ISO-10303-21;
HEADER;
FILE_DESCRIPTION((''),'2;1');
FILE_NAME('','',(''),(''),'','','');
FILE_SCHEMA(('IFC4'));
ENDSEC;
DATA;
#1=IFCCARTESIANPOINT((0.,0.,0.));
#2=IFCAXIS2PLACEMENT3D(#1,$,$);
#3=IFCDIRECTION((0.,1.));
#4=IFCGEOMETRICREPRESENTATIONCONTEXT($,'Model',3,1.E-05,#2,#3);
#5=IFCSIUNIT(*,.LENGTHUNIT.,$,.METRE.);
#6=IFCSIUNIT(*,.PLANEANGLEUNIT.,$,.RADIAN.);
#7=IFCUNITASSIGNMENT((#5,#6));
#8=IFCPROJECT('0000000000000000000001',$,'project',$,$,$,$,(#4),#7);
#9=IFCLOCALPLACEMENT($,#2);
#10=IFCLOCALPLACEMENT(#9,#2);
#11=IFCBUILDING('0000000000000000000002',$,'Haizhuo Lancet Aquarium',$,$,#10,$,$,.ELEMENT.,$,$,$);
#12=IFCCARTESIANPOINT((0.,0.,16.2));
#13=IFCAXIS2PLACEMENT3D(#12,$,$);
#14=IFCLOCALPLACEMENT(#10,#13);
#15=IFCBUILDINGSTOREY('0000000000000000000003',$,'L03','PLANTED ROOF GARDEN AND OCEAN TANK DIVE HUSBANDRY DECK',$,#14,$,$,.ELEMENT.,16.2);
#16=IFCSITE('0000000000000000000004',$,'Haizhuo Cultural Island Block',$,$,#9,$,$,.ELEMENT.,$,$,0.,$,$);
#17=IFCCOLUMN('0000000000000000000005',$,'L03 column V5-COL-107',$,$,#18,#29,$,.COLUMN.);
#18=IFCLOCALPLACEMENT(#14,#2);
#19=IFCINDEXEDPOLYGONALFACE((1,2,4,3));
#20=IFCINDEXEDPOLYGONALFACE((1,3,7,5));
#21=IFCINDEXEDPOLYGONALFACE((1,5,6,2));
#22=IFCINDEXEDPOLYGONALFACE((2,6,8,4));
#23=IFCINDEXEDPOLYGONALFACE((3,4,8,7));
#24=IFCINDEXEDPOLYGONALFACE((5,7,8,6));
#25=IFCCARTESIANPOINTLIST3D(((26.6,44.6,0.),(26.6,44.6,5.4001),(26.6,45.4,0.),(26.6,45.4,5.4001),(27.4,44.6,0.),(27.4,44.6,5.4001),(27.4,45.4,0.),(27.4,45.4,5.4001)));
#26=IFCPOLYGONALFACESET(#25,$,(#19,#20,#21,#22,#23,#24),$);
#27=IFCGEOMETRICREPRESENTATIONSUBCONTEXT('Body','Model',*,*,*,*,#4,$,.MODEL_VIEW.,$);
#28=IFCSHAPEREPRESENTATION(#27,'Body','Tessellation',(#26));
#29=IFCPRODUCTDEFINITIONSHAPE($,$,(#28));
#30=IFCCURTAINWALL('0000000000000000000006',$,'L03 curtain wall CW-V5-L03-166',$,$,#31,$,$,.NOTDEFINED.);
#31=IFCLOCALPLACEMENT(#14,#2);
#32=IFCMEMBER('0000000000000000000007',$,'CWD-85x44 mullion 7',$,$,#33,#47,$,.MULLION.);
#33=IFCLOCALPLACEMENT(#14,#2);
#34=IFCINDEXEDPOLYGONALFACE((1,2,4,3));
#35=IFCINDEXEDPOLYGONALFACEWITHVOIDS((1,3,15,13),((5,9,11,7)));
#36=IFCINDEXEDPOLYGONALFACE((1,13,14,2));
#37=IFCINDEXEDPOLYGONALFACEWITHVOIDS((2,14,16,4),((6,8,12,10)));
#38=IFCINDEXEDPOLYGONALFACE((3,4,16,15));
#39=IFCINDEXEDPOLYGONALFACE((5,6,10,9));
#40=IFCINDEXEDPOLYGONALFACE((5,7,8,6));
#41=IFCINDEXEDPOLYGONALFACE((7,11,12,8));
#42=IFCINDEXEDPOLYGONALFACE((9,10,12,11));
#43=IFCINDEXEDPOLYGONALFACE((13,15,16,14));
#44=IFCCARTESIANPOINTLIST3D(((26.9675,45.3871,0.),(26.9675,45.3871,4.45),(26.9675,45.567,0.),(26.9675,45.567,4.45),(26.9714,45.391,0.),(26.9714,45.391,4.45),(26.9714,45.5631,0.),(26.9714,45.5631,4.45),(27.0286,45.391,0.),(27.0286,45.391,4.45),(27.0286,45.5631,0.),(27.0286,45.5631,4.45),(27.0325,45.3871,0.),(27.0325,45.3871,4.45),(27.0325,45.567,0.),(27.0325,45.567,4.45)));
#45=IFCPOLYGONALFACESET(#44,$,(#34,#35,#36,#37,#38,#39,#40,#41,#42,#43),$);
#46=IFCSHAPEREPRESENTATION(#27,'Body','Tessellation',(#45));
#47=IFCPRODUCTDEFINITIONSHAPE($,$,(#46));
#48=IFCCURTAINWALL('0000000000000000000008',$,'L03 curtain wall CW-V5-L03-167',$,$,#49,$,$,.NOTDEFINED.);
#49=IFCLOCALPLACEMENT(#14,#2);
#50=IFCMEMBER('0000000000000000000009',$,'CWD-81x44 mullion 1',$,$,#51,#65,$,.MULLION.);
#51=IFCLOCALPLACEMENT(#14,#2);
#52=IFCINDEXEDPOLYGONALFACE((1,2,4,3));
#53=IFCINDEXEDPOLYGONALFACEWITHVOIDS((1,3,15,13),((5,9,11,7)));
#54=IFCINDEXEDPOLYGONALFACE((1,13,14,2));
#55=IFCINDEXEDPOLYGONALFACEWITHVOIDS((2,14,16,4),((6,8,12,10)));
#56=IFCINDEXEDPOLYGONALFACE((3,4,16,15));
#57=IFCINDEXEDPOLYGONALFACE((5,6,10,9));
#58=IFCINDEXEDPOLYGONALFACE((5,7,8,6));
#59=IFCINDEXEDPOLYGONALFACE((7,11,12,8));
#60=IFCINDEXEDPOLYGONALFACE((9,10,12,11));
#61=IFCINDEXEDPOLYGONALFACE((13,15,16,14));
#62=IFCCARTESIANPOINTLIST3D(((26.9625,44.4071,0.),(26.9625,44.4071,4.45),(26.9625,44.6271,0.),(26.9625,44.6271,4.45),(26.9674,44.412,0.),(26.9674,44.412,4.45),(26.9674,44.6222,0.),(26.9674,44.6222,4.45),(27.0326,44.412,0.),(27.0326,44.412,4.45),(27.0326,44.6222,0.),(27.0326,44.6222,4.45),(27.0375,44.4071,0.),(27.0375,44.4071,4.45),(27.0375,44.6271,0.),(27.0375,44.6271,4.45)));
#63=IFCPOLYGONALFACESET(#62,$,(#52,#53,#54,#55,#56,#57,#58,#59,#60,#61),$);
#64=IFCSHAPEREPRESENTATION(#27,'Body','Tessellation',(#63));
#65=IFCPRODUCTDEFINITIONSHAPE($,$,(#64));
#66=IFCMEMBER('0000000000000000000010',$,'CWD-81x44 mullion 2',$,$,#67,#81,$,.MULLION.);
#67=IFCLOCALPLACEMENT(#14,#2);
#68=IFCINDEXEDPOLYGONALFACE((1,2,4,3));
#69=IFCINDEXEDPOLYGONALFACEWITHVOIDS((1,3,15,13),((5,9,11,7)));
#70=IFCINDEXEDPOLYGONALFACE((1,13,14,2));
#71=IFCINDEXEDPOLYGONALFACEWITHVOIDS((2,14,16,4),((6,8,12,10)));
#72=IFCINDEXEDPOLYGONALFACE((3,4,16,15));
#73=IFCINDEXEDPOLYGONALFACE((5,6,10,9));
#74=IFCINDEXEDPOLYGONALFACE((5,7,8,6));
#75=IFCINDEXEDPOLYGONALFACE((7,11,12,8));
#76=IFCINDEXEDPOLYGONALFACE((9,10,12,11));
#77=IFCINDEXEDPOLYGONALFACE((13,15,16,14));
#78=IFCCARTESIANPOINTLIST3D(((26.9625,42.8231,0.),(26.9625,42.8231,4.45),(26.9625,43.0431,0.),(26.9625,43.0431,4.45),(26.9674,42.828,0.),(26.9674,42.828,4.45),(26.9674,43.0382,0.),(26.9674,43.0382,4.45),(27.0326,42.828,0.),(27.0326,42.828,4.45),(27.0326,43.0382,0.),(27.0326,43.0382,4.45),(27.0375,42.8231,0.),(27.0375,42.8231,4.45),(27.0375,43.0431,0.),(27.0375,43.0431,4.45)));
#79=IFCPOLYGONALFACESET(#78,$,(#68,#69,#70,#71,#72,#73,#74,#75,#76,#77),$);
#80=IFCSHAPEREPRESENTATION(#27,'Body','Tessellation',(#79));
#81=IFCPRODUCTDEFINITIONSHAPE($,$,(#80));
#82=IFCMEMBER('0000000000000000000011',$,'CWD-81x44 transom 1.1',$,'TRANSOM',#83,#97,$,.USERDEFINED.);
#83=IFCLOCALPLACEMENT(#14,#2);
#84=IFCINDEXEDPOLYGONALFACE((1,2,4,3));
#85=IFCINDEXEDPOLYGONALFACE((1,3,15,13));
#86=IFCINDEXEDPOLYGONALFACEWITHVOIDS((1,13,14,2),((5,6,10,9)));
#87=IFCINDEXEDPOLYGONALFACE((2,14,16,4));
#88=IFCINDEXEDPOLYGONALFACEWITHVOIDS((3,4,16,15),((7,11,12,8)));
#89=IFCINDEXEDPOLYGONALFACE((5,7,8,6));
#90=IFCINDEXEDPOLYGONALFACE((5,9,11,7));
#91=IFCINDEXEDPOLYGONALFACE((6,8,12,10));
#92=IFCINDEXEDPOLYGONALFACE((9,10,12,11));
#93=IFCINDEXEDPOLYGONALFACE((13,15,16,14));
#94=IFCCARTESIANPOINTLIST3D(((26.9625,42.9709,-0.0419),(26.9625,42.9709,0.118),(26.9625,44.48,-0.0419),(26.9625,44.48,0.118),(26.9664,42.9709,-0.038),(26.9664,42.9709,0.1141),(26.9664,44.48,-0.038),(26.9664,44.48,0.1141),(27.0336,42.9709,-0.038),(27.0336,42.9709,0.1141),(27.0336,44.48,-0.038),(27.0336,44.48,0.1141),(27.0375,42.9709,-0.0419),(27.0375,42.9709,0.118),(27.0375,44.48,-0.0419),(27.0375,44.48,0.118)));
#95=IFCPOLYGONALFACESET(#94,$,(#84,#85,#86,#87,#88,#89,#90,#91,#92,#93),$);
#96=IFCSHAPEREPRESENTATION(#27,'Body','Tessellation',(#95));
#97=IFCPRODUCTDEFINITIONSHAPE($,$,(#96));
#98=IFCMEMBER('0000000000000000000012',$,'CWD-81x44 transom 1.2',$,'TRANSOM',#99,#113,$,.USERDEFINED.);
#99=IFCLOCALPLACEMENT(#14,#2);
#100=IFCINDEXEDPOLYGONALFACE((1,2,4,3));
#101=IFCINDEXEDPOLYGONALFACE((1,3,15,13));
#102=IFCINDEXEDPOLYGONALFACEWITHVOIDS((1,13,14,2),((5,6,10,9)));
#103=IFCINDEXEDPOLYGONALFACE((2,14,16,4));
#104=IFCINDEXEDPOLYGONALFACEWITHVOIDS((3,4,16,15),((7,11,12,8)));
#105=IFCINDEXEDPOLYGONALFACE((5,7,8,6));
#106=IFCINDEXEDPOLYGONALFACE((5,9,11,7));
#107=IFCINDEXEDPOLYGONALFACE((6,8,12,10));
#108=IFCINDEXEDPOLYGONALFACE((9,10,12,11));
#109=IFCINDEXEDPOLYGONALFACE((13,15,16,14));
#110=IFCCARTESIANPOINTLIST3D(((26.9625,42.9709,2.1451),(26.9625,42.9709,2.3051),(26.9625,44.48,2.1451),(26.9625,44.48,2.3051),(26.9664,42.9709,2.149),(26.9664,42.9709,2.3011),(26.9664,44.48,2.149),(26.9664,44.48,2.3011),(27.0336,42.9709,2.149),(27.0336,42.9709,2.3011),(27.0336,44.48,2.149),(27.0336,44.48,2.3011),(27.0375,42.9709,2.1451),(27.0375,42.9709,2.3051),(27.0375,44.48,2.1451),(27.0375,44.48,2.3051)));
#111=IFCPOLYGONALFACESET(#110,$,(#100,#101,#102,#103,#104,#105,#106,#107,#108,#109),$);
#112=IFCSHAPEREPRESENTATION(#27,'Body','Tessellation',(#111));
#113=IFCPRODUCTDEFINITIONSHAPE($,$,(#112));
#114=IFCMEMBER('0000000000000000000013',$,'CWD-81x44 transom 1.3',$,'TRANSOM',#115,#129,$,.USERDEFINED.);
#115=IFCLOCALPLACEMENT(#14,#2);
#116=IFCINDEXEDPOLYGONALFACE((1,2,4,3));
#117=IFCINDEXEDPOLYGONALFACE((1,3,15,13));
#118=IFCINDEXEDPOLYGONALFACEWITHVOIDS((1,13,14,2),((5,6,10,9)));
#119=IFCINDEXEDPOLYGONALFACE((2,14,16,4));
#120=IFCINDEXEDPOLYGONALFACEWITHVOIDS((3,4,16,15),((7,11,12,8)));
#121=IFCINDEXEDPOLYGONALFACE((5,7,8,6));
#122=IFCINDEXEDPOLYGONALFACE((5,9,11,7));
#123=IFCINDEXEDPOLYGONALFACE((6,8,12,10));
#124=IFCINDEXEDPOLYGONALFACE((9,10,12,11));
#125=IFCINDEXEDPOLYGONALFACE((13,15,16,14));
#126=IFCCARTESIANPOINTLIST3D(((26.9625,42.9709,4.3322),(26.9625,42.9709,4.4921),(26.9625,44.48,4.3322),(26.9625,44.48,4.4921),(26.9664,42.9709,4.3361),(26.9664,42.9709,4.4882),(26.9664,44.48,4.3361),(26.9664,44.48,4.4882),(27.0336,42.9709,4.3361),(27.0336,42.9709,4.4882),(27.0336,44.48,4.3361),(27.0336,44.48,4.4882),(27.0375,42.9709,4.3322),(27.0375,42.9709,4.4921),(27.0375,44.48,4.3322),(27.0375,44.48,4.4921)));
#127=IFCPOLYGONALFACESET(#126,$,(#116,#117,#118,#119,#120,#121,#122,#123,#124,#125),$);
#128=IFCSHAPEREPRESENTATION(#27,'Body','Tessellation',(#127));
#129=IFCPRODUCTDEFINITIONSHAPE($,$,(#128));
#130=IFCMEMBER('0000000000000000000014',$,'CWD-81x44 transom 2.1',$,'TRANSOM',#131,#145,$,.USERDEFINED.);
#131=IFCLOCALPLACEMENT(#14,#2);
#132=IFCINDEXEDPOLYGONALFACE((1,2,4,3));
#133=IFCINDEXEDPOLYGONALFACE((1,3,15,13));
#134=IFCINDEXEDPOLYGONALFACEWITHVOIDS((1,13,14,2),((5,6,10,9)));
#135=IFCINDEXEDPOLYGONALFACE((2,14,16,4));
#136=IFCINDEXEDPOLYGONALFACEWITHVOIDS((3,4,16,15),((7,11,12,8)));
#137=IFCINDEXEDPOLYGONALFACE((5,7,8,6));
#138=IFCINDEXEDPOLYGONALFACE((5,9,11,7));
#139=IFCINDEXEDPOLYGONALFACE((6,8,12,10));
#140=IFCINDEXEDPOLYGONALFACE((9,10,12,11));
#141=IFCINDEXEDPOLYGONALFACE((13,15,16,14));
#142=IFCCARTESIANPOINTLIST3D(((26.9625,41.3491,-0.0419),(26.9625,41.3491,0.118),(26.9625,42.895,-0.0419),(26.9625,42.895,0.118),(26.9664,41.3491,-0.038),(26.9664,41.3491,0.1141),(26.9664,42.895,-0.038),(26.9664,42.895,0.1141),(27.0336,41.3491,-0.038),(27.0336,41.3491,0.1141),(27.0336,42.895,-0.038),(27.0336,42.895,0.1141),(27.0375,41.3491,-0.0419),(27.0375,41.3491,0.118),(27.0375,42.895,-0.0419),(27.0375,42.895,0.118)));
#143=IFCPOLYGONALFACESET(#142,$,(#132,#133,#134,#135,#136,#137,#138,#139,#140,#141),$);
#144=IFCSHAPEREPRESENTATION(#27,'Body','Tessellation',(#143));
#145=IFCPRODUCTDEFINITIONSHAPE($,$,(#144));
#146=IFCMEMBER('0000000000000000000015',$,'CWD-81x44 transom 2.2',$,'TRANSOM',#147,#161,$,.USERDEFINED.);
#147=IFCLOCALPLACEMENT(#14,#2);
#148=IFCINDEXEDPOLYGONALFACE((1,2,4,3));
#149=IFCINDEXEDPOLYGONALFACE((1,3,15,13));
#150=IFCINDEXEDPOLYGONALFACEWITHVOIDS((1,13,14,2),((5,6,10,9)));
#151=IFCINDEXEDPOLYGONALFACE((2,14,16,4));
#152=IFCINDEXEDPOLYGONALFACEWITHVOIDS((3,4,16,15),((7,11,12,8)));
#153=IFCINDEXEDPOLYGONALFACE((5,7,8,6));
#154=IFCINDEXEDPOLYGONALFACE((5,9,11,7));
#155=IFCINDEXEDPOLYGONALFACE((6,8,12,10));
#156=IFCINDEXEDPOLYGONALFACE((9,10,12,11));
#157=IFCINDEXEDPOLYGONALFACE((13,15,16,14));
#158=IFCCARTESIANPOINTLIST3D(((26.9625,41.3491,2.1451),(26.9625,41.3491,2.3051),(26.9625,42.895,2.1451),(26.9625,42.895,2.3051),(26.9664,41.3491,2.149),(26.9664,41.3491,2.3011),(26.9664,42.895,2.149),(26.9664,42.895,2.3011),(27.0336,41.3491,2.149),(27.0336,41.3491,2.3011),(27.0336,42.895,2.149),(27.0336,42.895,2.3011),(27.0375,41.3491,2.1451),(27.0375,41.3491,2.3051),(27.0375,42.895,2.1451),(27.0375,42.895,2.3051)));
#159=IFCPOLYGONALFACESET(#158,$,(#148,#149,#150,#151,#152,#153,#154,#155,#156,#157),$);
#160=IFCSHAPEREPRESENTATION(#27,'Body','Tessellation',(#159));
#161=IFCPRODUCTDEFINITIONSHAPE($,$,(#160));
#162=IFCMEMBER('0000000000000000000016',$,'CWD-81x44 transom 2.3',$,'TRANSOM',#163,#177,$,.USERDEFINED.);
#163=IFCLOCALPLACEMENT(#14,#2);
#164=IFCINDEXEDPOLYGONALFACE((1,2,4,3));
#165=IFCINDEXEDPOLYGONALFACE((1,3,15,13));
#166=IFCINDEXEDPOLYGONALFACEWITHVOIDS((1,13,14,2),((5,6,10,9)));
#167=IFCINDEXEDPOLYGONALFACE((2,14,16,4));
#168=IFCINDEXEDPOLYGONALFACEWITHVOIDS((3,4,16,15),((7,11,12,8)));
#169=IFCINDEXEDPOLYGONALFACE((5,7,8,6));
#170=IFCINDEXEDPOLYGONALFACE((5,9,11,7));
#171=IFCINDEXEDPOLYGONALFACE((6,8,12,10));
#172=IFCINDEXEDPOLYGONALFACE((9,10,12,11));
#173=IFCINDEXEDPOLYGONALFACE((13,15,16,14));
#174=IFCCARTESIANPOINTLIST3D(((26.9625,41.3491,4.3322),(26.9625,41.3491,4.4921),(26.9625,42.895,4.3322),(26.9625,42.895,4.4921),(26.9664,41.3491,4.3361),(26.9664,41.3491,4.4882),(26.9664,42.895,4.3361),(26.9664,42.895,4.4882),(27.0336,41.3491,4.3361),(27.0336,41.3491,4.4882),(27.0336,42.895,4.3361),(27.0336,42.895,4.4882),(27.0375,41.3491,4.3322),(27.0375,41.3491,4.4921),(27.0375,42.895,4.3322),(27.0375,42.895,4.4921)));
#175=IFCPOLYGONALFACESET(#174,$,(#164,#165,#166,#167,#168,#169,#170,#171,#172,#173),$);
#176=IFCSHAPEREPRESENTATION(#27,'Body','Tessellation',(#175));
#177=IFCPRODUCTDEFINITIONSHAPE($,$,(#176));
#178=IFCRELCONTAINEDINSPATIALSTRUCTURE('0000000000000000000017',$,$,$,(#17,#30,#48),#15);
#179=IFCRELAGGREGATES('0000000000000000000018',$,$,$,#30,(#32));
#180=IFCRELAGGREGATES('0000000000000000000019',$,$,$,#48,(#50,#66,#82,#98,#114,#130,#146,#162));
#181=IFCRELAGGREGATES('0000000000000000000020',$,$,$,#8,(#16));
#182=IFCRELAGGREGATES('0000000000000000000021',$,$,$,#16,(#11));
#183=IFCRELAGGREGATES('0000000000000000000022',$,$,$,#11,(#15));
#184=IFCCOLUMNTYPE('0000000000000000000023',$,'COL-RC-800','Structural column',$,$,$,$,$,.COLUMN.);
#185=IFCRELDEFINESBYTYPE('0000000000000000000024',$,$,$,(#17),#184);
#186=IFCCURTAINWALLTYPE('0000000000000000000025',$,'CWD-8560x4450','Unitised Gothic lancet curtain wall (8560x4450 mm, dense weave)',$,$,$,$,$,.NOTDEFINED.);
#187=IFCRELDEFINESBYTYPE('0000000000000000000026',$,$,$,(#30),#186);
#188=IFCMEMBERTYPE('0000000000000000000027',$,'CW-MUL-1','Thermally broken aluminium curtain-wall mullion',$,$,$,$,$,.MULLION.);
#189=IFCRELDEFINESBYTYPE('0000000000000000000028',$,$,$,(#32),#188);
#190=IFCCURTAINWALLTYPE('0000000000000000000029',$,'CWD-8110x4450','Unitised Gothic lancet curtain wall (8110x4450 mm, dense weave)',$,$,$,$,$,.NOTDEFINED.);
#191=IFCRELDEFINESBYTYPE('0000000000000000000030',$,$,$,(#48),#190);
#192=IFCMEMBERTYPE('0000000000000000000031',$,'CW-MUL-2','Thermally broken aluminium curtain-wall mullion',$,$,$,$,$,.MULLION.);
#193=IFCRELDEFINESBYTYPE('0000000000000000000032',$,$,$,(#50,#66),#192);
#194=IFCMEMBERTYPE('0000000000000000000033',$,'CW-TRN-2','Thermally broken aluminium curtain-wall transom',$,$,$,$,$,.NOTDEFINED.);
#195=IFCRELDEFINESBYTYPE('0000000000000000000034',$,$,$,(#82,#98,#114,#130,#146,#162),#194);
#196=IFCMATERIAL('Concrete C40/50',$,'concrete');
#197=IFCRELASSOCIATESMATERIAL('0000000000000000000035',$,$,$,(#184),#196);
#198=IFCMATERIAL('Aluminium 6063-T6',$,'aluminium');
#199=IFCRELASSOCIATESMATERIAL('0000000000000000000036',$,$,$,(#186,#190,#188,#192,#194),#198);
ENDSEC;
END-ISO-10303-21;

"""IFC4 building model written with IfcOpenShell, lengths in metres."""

from ifc_helpers import new_model, si_unit, direction, frame, origin, origin_2d, place, context, subcontext, project, spatial, rectangle, hollow_rectangle, extrude, material, material_profile, profile_set, type_object, element, aggregate, save


model = new_model("IFC4")

# Units and contexts
model_context = context("Model", 3, precision=1e-05, world=origin(), true_north=direction((0.0, 1.0)))
body_context = subcontext(model_context, "Body", "Model", "MODEL_VIEW")
ifc_project = project(units=[si_unit("LENGTHUNIT", "METRE"), si_unit("PLANEANGLEUNIT", "RADIAN")], contexts=[model_context])

# Site, building, storey
site_placement = place(None, origin())
site = spatial("IfcSite", under=ifc_project, at=site_placement, Name="Haizhuo Cultural Island Block", CompositionType="ELEMENT", RefElevation=0.0)
building_placement = place(site_placement, origin())
building = spatial("IfcBuilding", under=site, at=building_placement, Name="Haizhuo Lancet Aquarium", CompositionType="ELEMENT")
storey_placement = place(building_placement, frame((0.0, 0.0, 16.2)))
storey = spatial("IfcBuildingStorey", under=building, at=storey_placement, Name="L03", Description="PLANTED ROOF GARDEN AND OCEAN TANK DIVE HUSBANDRY DECK", CompositionType="ELEMENT", Elevation=16.2)

# Column
ifc_material_1 = material(Name="Concrete C40/50", Category="concrete")
ifc_material_profile_1 = material_profile(ifc_material_1, rectangle(XDim=0.8, YDim=0.8, at=origin_2d()), Name="RC-COL 800x800")
ifc_profile_set_1 = profile_set([ifc_material_profile_1], Name="Concrete C40/50")
column_type = type_object("IfcColumnType", Name="COL-RC-800", Description="Structural column", PredefinedType="COLUMN", material=ifc_profile_set_1)
column_placement = place(storey_placement, frame((27.0, 45.0, 0.0), z_axis=(0.0, 0.0, 1.0), x_axis=(1.0, 0.0, 0.0)))
element("IfcColumn", 1, at=column_placement, inside=storey, type_object=column_type, Name="L03 column V5-COL-107", PredefinedType="COLUMN", context=body_context, shape_type="SweptSolid", body=[
    extrude(rectangle(XDim=0.8, YDim=0.8, at=origin_2d()), origin(), (0.0, 0.0, 1.0), 5.4001),
])

# Curtain wall, member
ifc_material_2 = material(Name="Aluminium 6063-T6", Category="aluminium")
curtain_wall_type_1 = type_object("IfcCurtainWallType", Name="CWD-8560x4450", Description="Unitised Gothic lancet curtain wall (8560x4450 mm, dense weave)", PredefinedType="NOTDEFINED", material=ifc_material_2)
curtain_wall_1_placement = place(storey_placement, origin())
curtain_wall_1 = element("IfcCurtainWall", 2, at=curtain_wall_1_placement, inside=storey, type_object=curtain_wall_type_1, Name="L03 curtain wall CW-V5-L03-166", PredefinedType="NOTDEFINED")
ifc_material_profile_2 = material_profile(ifc_material_2, hollow_rectangle(XDim=0.0649, YDim=0.1799, WallThickness=0.0039, at=origin_2d()), Name="ALU-M 65x180x4")
ifc_profile_set_2 = profile_set([ifc_material_profile_2], Name="Aluminium 6063-T6")
member_type_1 = type_object("IfcMemberType", Name="CW-MUL-1", Description="Thermally broken aluminium curtain-wall mullion", PredefinedType="MULLION", material=ifc_profile_set_2)
member_1_placement = place(storey_placement, frame((27.0, 45.4771, 0.0), z_axis=(0.0, 0.0, 1.0), x_axis=(1.0, 0.0, 0.0)))
member_1 = element("IfcMember", 3, at=member_1_placement, type_object=member_type_1, Name="CWD-85x44 mullion 7", PredefinedType="MULLION", context=body_context, shape_type="SweptSolid", body=[
    extrude(hollow_rectangle(XDim=0.0649, YDim=0.1799, WallThickness=0.0039, at=origin_2d()), origin(), (0.0, 0.0, 1.0), 4.45),
])
aggregate(curtain_wall_1, [member_1])

# Curtain wall, members
curtain_wall_type_2 = type_object("IfcCurtainWallType", Name="CWD-8110x4450", Description="Unitised Gothic lancet curtain wall (8110x4450 mm, dense weave)", PredefinedType="NOTDEFINED", material=ifc_material_2)
curtain_wall_2_placement = place(storey_placement, origin())
curtain_wall_2 = element("IfcCurtainWall", 4, at=curtain_wall_2_placement, inside=storey, type_object=curtain_wall_type_2, Name="L03 curtain wall CW-V5-L03-167", PredefinedType="NOTDEFINED")
ifc_material_profile_3 = material_profile(ifc_material_2, hollow_rectangle(XDim=0.075, YDim=0.22, WallThickness=0.0049, at=origin_2d()), Name="ALU-M 75x220x5")
ifc_profile_set_3 = profile_set([ifc_material_profile_3], Name="Aluminium 6063-T6")
member_type_2 = type_object("IfcMemberType", Name="CW-MUL-2", Description="Thermally broken aluminium curtain-wall mullion", PredefinedType="MULLION", material=ifc_profile_set_3)
member_2_placement = place(storey_placement, frame((27.0, 44.5171, 0.0), z_axis=(0.0, 0.0, 1.0), x_axis=(1.0, 0.0, 0.0)))
member_2 = element("IfcMember", 5, at=member_2_placement, type_object=member_type_2, Name="CWD-81x44 mullion 1", PredefinedType="MULLION", context=body_context, shape_type="SweptSolid", body=[
    extrude(hollow_rectangle(XDim=0.075, YDim=0.22, WallThickness=0.0049, at=origin_2d()), origin(), (0.0, 0.0, 1.0), 4.45),
])
member_3_placement = place(storey_placement, frame((27.0, 42.9331, 0.0), z_axis=(0.0, 0.0, 1.0), x_axis=(1.0, 0.0, 0.0)))
member_3 = element("IfcMember", 6, at=member_3_placement, type_object=member_type_2, Name="CWD-81x44 mullion 2", PredefinedType="MULLION", context=body_context, shape_type="SweptSolid", body=[
    extrude(hollow_rectangle(XDim=0.075, YDim=0.22, WallThickness=0.0049, at=origin_2d()), origin(), (0.0, 0.0, 1.0), 4.45),
])
ifc_material_profile_4 = material_profile(ifc_material_2, hollow_rectangle(XDim=0.075, YDim=0.1599, WallThickness=0.0039, at=origin_2d()), Name="ALU-T 75x160x4")
ifc_profile_set_4 = profile_set([ifc_material_profile_4], Name="Aluminium 6063-T6")
member_type_3 = type_object("IfcMemberType", Name="CW-TRN-2", Description="Thermally broken aluminium curtain-wall transom", PredefinedType="NOTDEFINED", material=ifc_profile_set_4)
member_4_placement = place(storey_placement, frame((27.0, 44.48, 0.0381), z_axis=(0.0, -1.0, 0.0), x_axis=(1.0, 0.0, 0.0)))
member_4 = element("IfcMember", 7, at=member_4_placement, type_object=member_type_3, Name="CWD-81x44 transom 1.1", ObjectType="TRANSOM", PredefinedType="USERDEFINED", context=body_context, shape_type="SweptSolid", body=[
    extrude(hollow_rectangle(XDim=0.075, YDim=0.1599, WallThickness=0.0039, at=origin_2d()), origin(), (0.0, 0.0, 1.0), 1.509),
])
member_5_placement = place(storey_placement, frame((27.0, 44.48, 2.2251), z_axis=(0.0, -1.0, 0.0), x_axis=(1.0, 0.0, 0.0)))
member_5 = element("IfcMember", 8, at=member_5_placement, type_object=member_type_3, Name="CWD-81x44 transom 1.2", ObjectType="TRANSOM", PredefinedType="USERDEFINED", context=body_context, shape_type="SweptSolid", body=[
    extrude(hollow_rectangle(XDim=0.075, YDim=0.1599, WallThickness=0.0039, at=origin_2d()), origin(), (0.0, 0.0, 1.0), 1.509),
])
member_6_placement = place(storey_placement, frame((27.0, 44.48, 4.4121), z_axis=(0.0, -1.0, 0.0), x_axis=(1.0, 0.0, 0.0)))
member_6 = element("IfcMember", 9, at=member_6_placement, type_object=member_type_3, Name="CWD-81x44 transom 1.3", ObjectType="TRANSOM", PredefinedType="USERDEFINED", context=body_context, shape_type="SweptSolid", body=[
    extrude(hollow_rectangle(XDim=0.075, YDim=0.1599, WallThickness=0.0039, at=origin_2d()), origin(), (0.0, 0.0, 1.0), 1.509),
])
member_7_placement = place(storey_placement, frame((27.0, 42.895, 0.0381), z_axis=(0.0, -1.0, 0.0), x_axis=(1.0, 0.0, 0.0)))
member_7 = element("IfcMember", 10, at=member_7_placement, type_object=member_type_3, Name="CWD-81x44 transom 2.1", ObjectType="TRANSOM", PredefinedType="USERDEFINED", context=body_context, shape_type="SweptSolid", body=[
    extrude(hollow_rectangle(XDim=0.075, YDim=0.1599, WallThickness=0.0039, at=origin_2d()), origin(), (0.0, 0.0, 1.0), 1.5459),
])
member_8_placement = place(storey_placement, frame((27.0, 42.895, 2.2251), z_axis=(0.0, -1.0, 0.0), x_axis=(1.0, 0.0, 0.0)))
member_8 = element("IfcMember", 11, at=member_8_placement, type_object=member_type_3, Name="CWD-81x44 transom 2.2", ObjectType="TRANSOM", PredefinedType="USERDEFINED", context=body_context, shape_type="SweptSolid", body=[
    extrude(hollow_rectangle(XDim=0.075, YDim=0.1599, WallThickness=0.0039, at=origin_2d()), origin(), (0.0, 0.0, 1.0), 1.5459),
])
member_9_placement = place(storey_placement, frame((27.0, 42.895, 4.4121), z_axis=(0.0, -1.0, 0.0), x_axis=(1.0, 0.0, 0.0)))
member_9 = element("IfcMember", 12, at=member_9_placement, type_object=member_type_3, Name="CWD-81x44 transom 2.3", ObjectType="TRANSOM", PredefinedType="USERDEFINED", context=body_context, shape_type="SweptSolid", body=[
    extrude(hollow_rectangle(XDim=0.075, YDim=0.1599, WallThickness=0.0039, at=origin_2d()), origin(), (0.0, 0.0, 1.0), 1.5459),
])

aggregate(curtain_wall_2, [member_2, member_3, member_4, member_5, member_6, member_7, member_8, member_9])

save(model, "model.ifc")
